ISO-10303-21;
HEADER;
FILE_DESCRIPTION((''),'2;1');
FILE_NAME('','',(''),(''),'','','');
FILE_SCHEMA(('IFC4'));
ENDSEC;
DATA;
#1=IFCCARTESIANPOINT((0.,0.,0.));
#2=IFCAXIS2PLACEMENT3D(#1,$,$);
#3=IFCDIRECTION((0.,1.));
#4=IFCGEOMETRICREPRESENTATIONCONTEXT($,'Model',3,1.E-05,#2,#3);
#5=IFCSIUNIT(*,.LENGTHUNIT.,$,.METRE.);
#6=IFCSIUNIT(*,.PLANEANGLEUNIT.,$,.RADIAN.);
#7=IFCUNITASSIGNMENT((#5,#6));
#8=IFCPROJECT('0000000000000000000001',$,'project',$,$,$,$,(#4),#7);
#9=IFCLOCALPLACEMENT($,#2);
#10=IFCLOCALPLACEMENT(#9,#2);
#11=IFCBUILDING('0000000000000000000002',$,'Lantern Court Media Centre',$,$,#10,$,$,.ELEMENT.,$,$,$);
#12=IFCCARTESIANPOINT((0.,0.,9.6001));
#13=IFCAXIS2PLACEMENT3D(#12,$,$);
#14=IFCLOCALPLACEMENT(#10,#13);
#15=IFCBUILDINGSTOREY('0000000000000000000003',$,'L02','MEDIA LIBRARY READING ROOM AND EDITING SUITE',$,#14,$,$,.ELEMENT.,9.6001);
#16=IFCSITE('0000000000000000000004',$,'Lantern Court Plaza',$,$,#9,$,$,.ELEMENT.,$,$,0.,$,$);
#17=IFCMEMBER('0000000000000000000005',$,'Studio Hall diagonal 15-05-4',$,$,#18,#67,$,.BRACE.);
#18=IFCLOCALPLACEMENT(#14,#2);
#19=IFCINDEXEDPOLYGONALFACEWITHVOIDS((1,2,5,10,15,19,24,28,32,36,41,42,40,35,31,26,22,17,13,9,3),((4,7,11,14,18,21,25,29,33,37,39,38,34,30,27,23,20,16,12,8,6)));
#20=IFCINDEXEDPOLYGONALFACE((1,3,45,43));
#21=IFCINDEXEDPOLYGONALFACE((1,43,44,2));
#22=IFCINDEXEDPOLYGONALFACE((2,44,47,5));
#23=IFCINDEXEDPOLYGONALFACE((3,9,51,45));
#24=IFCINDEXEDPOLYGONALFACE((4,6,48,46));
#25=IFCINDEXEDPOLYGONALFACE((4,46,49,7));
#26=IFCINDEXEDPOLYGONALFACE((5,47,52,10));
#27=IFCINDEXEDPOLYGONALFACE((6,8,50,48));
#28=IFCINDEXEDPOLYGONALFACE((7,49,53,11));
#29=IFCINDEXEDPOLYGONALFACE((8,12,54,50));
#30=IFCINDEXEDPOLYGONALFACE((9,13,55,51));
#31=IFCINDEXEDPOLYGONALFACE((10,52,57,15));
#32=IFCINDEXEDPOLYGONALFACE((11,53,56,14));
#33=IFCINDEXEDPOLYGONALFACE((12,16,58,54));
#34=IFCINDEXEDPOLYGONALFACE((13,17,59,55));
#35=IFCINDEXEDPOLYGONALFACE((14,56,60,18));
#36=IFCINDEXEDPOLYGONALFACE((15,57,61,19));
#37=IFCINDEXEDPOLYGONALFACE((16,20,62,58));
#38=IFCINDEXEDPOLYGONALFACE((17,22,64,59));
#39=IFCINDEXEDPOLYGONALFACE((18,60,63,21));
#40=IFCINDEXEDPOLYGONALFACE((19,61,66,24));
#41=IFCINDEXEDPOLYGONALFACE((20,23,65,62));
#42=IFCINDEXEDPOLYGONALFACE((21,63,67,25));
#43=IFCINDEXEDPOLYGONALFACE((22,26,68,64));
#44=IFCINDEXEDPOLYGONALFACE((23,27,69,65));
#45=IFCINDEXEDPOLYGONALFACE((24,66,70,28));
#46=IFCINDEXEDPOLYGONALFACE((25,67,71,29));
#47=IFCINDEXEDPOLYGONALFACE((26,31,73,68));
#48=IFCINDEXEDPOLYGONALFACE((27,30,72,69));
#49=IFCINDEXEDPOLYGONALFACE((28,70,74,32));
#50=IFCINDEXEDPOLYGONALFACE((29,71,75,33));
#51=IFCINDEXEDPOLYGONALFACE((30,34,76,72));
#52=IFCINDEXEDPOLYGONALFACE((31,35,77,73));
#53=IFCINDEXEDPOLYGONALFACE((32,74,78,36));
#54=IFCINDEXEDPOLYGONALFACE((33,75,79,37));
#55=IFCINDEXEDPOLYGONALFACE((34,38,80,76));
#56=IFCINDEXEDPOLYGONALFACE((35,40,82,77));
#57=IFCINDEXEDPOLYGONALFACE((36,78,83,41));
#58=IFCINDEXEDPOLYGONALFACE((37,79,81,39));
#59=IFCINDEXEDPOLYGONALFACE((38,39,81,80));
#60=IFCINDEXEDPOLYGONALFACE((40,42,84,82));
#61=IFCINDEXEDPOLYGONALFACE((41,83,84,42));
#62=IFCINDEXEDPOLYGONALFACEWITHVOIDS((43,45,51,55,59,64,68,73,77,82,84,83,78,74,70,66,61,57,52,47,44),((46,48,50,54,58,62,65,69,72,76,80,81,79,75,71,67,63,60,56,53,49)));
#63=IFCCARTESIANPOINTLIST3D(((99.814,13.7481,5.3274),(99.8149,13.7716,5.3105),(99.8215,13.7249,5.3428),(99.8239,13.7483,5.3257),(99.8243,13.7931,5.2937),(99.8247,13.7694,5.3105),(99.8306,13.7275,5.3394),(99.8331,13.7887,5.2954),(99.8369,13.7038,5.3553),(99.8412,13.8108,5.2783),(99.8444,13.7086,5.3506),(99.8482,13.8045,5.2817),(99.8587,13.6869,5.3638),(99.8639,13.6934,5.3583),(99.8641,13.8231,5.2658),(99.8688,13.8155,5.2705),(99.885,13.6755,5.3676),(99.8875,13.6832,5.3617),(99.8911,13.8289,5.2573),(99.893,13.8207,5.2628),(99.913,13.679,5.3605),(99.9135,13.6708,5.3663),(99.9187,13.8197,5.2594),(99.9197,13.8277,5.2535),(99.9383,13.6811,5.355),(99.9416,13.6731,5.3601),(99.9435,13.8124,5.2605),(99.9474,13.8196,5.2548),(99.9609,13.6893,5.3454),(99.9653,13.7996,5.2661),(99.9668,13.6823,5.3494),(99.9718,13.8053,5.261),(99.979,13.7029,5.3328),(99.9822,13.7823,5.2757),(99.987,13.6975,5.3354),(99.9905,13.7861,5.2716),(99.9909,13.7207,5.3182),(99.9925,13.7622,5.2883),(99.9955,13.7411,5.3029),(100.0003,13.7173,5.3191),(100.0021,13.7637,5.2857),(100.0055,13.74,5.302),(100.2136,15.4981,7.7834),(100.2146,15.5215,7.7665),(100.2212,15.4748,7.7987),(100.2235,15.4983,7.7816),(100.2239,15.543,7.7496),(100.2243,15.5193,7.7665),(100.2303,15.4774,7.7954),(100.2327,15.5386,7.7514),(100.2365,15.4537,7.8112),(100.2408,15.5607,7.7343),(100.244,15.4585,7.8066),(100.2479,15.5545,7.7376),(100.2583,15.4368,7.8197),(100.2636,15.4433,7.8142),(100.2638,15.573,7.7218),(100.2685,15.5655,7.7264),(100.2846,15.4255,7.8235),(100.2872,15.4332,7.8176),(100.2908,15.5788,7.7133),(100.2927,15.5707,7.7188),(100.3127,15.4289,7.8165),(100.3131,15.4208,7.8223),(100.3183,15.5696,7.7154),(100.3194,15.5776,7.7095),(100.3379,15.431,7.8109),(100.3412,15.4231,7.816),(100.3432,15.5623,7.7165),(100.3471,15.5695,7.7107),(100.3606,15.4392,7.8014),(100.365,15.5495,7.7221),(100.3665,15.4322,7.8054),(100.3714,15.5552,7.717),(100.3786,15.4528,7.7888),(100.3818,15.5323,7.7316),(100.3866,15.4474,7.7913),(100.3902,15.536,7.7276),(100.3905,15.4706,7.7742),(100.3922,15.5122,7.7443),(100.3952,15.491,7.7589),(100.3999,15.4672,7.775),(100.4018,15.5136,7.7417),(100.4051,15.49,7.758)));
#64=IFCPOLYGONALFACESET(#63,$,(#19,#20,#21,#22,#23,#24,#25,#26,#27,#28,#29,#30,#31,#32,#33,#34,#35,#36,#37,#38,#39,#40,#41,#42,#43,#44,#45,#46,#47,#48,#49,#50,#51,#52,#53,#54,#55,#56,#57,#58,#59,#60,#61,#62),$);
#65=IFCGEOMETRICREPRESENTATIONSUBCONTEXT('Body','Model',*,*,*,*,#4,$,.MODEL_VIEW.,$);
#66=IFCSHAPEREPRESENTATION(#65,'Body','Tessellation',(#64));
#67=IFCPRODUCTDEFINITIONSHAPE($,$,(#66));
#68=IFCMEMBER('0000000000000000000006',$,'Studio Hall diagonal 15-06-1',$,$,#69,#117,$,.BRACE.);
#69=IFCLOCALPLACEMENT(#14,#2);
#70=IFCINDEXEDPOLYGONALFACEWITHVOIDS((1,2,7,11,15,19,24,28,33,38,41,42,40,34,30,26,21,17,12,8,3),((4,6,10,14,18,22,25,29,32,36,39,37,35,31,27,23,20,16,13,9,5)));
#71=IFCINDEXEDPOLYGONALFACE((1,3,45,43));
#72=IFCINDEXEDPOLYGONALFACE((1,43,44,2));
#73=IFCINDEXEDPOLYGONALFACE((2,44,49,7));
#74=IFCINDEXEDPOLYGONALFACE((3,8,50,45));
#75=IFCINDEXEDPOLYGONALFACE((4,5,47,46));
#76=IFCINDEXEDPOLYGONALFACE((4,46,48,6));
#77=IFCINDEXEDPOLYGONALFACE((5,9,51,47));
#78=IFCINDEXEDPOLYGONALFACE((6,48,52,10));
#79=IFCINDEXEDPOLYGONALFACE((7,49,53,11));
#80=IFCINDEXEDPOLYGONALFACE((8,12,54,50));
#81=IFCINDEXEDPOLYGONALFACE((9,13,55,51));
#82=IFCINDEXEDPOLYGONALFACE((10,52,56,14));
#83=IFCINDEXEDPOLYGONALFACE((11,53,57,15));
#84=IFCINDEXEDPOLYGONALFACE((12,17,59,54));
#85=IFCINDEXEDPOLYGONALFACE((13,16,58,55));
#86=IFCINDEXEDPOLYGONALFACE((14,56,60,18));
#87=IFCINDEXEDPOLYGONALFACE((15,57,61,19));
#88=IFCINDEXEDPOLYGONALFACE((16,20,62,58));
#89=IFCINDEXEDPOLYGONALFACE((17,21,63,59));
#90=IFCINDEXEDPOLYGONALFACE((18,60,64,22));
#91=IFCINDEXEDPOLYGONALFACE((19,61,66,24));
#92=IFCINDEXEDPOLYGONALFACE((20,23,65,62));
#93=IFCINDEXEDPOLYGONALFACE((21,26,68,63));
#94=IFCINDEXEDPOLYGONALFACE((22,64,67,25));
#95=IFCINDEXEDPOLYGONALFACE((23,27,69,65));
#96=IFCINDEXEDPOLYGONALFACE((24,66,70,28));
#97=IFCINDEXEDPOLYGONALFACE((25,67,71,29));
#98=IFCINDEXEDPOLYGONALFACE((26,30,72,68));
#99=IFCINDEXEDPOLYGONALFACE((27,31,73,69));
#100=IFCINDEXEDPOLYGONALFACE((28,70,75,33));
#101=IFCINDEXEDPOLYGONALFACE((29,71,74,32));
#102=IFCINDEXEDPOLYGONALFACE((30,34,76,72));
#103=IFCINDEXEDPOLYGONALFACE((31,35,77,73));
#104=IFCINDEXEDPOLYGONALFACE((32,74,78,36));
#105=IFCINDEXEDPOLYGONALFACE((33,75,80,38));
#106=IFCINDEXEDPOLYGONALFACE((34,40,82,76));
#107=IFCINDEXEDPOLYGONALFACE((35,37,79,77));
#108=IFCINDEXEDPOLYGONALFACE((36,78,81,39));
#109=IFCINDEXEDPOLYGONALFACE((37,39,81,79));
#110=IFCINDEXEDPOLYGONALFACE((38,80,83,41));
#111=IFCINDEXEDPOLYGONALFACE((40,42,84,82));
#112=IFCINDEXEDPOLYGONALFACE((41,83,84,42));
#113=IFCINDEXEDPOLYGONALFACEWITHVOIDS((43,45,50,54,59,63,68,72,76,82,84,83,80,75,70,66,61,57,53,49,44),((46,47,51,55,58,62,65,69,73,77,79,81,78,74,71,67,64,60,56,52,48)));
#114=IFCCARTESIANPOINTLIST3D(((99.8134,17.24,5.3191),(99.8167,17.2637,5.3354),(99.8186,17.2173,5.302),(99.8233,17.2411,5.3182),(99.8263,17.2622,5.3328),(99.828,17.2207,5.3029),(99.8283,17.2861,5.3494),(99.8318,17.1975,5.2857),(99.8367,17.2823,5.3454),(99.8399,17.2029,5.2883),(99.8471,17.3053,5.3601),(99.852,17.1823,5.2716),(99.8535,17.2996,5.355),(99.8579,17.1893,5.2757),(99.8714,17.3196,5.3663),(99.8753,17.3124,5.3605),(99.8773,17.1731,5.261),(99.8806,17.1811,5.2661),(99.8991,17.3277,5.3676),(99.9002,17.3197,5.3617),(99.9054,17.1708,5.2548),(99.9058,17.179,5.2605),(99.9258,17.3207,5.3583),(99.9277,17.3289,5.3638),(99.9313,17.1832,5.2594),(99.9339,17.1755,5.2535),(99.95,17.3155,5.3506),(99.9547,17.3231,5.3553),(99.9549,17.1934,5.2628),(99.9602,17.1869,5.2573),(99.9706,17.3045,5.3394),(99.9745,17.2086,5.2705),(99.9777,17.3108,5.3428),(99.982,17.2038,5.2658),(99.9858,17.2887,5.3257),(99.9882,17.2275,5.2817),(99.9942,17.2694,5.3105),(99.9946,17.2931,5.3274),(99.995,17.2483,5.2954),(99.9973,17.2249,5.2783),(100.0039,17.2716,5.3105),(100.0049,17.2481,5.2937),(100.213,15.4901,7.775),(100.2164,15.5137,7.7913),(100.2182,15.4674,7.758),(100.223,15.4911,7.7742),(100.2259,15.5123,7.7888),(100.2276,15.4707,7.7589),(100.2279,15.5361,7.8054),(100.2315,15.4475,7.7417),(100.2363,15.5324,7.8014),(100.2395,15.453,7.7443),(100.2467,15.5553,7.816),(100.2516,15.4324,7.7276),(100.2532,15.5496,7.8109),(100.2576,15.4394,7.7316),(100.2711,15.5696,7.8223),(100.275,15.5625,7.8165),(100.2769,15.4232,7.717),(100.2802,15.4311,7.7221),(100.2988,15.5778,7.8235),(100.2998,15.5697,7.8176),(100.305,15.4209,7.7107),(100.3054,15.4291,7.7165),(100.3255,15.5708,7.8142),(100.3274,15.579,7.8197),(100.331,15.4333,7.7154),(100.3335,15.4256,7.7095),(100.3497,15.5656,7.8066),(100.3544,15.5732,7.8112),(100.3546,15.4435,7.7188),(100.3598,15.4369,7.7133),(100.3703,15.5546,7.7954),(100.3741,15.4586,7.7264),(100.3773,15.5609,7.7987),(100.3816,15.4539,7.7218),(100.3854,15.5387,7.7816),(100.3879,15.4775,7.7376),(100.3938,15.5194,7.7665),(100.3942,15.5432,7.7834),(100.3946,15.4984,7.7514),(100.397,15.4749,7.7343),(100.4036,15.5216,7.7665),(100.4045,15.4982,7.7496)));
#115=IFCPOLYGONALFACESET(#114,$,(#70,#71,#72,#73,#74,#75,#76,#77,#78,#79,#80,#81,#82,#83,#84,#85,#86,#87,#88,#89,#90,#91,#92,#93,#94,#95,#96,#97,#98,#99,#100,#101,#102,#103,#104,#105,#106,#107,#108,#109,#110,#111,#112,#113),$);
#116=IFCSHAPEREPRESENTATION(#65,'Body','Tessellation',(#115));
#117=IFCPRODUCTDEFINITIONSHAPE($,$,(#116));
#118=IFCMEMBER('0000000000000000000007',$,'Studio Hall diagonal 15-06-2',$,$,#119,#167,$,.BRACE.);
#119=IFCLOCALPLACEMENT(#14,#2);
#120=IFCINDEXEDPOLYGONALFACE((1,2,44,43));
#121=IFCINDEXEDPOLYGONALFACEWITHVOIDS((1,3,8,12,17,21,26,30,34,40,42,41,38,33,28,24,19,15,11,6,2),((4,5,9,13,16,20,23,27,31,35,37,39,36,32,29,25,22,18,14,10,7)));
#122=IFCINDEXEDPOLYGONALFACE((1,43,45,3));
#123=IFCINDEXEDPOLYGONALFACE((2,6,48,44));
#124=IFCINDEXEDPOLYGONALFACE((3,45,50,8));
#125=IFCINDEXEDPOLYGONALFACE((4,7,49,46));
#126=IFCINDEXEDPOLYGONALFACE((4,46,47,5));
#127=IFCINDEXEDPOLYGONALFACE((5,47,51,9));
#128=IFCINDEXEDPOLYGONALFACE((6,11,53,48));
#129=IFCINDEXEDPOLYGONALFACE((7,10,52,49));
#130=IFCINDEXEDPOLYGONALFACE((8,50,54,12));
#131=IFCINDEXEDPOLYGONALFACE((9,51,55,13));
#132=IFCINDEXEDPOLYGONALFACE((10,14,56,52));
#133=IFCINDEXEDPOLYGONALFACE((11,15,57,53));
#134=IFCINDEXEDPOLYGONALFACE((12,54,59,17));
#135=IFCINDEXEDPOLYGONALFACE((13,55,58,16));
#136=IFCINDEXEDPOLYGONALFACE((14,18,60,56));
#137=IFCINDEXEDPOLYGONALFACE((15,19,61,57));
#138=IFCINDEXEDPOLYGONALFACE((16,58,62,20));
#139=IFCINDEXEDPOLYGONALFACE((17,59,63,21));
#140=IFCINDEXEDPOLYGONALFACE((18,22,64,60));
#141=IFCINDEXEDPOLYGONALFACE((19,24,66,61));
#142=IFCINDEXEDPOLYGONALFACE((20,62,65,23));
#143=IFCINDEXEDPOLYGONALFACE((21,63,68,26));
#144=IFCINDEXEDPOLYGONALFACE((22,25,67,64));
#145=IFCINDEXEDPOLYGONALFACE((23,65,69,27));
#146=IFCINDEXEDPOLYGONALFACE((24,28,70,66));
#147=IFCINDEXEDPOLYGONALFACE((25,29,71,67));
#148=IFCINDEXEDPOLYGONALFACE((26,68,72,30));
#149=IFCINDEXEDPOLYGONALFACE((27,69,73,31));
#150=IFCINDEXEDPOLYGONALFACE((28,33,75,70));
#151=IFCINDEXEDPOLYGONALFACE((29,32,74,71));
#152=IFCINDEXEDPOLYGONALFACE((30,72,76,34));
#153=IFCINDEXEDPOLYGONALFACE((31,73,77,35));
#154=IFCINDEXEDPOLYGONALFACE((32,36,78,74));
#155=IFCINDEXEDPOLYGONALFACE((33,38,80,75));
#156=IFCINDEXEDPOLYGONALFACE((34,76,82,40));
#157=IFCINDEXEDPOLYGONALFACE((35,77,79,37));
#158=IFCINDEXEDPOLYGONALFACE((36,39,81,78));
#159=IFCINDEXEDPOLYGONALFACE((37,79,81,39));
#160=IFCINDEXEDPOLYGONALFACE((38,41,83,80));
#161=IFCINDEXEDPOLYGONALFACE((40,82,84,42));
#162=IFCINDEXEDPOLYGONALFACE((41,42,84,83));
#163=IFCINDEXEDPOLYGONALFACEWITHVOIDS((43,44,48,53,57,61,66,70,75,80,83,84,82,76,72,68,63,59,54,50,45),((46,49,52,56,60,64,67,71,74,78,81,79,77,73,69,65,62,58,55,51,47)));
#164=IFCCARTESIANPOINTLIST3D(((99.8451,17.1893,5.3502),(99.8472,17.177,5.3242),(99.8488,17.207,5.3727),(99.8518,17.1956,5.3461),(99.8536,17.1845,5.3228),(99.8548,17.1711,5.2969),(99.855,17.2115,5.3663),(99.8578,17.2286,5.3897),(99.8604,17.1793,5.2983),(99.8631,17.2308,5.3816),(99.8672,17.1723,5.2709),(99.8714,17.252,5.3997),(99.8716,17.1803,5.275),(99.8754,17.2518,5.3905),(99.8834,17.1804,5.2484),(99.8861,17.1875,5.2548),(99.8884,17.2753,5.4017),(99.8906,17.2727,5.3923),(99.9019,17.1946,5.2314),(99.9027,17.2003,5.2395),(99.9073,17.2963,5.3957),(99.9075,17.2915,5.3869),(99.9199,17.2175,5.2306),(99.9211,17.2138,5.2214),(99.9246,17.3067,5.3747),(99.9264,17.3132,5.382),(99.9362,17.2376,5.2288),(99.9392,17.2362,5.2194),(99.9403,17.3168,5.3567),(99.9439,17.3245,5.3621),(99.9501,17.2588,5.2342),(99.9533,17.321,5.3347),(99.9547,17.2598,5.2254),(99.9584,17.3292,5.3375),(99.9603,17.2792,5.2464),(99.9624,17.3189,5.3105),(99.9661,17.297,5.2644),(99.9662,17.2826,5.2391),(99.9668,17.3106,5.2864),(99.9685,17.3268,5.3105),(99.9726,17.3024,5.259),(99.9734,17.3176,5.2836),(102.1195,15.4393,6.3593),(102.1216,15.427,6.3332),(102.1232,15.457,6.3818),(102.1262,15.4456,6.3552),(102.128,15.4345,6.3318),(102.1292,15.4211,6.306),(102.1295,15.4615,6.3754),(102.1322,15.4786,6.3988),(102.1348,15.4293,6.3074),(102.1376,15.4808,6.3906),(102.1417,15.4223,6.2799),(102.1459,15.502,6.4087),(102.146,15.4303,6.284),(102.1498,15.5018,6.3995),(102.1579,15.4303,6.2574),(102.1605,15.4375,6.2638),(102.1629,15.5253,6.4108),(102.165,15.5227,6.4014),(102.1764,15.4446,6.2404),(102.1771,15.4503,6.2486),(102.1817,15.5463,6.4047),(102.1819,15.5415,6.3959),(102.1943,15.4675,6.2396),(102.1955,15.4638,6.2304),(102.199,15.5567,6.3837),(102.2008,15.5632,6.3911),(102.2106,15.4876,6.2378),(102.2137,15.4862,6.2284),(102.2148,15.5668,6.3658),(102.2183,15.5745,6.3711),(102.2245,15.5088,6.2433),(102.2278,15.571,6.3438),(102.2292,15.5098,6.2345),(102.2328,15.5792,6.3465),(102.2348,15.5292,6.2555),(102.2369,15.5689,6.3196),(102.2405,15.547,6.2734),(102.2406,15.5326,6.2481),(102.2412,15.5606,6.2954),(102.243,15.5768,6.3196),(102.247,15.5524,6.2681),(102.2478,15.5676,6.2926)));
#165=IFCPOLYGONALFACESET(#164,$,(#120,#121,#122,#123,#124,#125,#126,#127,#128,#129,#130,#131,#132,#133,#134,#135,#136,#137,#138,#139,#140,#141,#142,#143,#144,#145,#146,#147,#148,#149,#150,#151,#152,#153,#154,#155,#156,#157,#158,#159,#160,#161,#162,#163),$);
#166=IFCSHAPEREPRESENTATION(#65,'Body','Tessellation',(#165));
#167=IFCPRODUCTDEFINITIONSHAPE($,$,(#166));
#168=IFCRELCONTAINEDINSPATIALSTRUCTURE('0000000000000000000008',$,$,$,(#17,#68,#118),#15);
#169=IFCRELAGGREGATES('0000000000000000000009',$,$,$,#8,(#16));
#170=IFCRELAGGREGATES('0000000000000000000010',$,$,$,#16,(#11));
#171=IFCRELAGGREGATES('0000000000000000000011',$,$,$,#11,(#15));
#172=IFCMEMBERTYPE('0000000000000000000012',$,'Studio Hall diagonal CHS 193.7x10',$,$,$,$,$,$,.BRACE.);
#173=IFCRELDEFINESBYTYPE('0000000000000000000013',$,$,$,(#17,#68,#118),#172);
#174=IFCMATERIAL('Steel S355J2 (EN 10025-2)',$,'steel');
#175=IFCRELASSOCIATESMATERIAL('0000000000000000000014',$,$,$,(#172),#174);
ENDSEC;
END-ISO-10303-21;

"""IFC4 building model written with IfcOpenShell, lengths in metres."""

from ifc_helpers import new_model, si_unit, direction, frame, origin, origin_2d, place, context, subcontext, project, spatial, hollow_circle, extrude, material, material_profile, profile_set, type_object, element, save


model = new_model("IFC4")

# Units and contexts
model_context = context("Model", 3, precision=1e-05, world=origin(), true_north=direction((0.0, 1.0)))
body_context = subcontext(model_context, "Body", "Model", "MODEL_VIEW")
ifc_project = project(units=[si_unit("LENGTHUNIT", "METRE"), si_unit("PLANEANGLEUNIT", "RADIAN")], contexts=[model_context])

# Site, building, storey
site_placement = place(None, origin())
site = spatial("IfcSite", under=ifc_project, at=site_placement, Name="Lantern Court Plaza", CompositionType="ELEMENT", RefElevation=0.0)
building_placement = place(site_placement, origin())
building = spatial("IfcBuilding", under=site, at=building_placement, Name="Lantern Court Media Centre", CompositionType="ELEMENT")
storey_placement = place(building_placement, frame((0.0, 0.0, 9.6001)))
storey = spatial("IfcBuildingStorey", under=building, at=storey_placement, Name="L02", Description="MEDIA LIBRARY READING ROOM AND EDITING SUITE", CompositionType="ELEMENT", Elevation=9.6001)

# Members
ifc_material_1 = material(Name="Steel S355J2 (EN 10025-2)", Category="steel")
ifc_material_profile_1 = material_profile(ifc_material_1, hollow_circle(Radius=0.0969, WallThickness=0.01, at=origin_2d()), Name="Studio Hall diagonal CHS 193.7x10")
ifc_profile_set_1 = profile_set([ifc_material_profile_1], Name="Steel S355J2 (EN 10025-2)")
member_type_1 = type_object("IfcMemberType", Name="Studio Hall diagonal CHS 193.7x10", PredefinedType="BRACE", material=ifc_profile_set_1)
for number, where, z_axis, x_axis, name in (
    (1, (99.9094, 13.75, 5.3105), (0.131375, 0.575259, 0.807352), (-0.9749, 0.222644, 0.0), "Studio Hall diagonal 15-05-4"),
    (2, (99.9094, 17.25, 5.3105), (0.131375, -0.575259, 0.807352), (0.9749, 0.222644, 0.0), "Studio Hall diagonal 15-06-1"),
    (3, (99.9094, 17.25, 5.3105), (0.747677, -0.575284, 0.331703), (0.609809, 0.792548, 0.0), "Studio Hall diagonal 15-06-2"),
):
    element("IfcMember", number, at=place(storey_placement, frame(where, z_axis=z_axis, x_axis=x_axis)), inside=storey, type_object=member_type_1, Name=name, PredefinedType="BRACE", context=body_context, shape_type="SweptSolid", body=[
        extrude(hollow_circle(Radius=0.0969, WallThickness=0.01, at=origin_2d()), origin(), (0.0, 0.0, 1.0), 3.042),
    ])

save(model, "model.ifc")
